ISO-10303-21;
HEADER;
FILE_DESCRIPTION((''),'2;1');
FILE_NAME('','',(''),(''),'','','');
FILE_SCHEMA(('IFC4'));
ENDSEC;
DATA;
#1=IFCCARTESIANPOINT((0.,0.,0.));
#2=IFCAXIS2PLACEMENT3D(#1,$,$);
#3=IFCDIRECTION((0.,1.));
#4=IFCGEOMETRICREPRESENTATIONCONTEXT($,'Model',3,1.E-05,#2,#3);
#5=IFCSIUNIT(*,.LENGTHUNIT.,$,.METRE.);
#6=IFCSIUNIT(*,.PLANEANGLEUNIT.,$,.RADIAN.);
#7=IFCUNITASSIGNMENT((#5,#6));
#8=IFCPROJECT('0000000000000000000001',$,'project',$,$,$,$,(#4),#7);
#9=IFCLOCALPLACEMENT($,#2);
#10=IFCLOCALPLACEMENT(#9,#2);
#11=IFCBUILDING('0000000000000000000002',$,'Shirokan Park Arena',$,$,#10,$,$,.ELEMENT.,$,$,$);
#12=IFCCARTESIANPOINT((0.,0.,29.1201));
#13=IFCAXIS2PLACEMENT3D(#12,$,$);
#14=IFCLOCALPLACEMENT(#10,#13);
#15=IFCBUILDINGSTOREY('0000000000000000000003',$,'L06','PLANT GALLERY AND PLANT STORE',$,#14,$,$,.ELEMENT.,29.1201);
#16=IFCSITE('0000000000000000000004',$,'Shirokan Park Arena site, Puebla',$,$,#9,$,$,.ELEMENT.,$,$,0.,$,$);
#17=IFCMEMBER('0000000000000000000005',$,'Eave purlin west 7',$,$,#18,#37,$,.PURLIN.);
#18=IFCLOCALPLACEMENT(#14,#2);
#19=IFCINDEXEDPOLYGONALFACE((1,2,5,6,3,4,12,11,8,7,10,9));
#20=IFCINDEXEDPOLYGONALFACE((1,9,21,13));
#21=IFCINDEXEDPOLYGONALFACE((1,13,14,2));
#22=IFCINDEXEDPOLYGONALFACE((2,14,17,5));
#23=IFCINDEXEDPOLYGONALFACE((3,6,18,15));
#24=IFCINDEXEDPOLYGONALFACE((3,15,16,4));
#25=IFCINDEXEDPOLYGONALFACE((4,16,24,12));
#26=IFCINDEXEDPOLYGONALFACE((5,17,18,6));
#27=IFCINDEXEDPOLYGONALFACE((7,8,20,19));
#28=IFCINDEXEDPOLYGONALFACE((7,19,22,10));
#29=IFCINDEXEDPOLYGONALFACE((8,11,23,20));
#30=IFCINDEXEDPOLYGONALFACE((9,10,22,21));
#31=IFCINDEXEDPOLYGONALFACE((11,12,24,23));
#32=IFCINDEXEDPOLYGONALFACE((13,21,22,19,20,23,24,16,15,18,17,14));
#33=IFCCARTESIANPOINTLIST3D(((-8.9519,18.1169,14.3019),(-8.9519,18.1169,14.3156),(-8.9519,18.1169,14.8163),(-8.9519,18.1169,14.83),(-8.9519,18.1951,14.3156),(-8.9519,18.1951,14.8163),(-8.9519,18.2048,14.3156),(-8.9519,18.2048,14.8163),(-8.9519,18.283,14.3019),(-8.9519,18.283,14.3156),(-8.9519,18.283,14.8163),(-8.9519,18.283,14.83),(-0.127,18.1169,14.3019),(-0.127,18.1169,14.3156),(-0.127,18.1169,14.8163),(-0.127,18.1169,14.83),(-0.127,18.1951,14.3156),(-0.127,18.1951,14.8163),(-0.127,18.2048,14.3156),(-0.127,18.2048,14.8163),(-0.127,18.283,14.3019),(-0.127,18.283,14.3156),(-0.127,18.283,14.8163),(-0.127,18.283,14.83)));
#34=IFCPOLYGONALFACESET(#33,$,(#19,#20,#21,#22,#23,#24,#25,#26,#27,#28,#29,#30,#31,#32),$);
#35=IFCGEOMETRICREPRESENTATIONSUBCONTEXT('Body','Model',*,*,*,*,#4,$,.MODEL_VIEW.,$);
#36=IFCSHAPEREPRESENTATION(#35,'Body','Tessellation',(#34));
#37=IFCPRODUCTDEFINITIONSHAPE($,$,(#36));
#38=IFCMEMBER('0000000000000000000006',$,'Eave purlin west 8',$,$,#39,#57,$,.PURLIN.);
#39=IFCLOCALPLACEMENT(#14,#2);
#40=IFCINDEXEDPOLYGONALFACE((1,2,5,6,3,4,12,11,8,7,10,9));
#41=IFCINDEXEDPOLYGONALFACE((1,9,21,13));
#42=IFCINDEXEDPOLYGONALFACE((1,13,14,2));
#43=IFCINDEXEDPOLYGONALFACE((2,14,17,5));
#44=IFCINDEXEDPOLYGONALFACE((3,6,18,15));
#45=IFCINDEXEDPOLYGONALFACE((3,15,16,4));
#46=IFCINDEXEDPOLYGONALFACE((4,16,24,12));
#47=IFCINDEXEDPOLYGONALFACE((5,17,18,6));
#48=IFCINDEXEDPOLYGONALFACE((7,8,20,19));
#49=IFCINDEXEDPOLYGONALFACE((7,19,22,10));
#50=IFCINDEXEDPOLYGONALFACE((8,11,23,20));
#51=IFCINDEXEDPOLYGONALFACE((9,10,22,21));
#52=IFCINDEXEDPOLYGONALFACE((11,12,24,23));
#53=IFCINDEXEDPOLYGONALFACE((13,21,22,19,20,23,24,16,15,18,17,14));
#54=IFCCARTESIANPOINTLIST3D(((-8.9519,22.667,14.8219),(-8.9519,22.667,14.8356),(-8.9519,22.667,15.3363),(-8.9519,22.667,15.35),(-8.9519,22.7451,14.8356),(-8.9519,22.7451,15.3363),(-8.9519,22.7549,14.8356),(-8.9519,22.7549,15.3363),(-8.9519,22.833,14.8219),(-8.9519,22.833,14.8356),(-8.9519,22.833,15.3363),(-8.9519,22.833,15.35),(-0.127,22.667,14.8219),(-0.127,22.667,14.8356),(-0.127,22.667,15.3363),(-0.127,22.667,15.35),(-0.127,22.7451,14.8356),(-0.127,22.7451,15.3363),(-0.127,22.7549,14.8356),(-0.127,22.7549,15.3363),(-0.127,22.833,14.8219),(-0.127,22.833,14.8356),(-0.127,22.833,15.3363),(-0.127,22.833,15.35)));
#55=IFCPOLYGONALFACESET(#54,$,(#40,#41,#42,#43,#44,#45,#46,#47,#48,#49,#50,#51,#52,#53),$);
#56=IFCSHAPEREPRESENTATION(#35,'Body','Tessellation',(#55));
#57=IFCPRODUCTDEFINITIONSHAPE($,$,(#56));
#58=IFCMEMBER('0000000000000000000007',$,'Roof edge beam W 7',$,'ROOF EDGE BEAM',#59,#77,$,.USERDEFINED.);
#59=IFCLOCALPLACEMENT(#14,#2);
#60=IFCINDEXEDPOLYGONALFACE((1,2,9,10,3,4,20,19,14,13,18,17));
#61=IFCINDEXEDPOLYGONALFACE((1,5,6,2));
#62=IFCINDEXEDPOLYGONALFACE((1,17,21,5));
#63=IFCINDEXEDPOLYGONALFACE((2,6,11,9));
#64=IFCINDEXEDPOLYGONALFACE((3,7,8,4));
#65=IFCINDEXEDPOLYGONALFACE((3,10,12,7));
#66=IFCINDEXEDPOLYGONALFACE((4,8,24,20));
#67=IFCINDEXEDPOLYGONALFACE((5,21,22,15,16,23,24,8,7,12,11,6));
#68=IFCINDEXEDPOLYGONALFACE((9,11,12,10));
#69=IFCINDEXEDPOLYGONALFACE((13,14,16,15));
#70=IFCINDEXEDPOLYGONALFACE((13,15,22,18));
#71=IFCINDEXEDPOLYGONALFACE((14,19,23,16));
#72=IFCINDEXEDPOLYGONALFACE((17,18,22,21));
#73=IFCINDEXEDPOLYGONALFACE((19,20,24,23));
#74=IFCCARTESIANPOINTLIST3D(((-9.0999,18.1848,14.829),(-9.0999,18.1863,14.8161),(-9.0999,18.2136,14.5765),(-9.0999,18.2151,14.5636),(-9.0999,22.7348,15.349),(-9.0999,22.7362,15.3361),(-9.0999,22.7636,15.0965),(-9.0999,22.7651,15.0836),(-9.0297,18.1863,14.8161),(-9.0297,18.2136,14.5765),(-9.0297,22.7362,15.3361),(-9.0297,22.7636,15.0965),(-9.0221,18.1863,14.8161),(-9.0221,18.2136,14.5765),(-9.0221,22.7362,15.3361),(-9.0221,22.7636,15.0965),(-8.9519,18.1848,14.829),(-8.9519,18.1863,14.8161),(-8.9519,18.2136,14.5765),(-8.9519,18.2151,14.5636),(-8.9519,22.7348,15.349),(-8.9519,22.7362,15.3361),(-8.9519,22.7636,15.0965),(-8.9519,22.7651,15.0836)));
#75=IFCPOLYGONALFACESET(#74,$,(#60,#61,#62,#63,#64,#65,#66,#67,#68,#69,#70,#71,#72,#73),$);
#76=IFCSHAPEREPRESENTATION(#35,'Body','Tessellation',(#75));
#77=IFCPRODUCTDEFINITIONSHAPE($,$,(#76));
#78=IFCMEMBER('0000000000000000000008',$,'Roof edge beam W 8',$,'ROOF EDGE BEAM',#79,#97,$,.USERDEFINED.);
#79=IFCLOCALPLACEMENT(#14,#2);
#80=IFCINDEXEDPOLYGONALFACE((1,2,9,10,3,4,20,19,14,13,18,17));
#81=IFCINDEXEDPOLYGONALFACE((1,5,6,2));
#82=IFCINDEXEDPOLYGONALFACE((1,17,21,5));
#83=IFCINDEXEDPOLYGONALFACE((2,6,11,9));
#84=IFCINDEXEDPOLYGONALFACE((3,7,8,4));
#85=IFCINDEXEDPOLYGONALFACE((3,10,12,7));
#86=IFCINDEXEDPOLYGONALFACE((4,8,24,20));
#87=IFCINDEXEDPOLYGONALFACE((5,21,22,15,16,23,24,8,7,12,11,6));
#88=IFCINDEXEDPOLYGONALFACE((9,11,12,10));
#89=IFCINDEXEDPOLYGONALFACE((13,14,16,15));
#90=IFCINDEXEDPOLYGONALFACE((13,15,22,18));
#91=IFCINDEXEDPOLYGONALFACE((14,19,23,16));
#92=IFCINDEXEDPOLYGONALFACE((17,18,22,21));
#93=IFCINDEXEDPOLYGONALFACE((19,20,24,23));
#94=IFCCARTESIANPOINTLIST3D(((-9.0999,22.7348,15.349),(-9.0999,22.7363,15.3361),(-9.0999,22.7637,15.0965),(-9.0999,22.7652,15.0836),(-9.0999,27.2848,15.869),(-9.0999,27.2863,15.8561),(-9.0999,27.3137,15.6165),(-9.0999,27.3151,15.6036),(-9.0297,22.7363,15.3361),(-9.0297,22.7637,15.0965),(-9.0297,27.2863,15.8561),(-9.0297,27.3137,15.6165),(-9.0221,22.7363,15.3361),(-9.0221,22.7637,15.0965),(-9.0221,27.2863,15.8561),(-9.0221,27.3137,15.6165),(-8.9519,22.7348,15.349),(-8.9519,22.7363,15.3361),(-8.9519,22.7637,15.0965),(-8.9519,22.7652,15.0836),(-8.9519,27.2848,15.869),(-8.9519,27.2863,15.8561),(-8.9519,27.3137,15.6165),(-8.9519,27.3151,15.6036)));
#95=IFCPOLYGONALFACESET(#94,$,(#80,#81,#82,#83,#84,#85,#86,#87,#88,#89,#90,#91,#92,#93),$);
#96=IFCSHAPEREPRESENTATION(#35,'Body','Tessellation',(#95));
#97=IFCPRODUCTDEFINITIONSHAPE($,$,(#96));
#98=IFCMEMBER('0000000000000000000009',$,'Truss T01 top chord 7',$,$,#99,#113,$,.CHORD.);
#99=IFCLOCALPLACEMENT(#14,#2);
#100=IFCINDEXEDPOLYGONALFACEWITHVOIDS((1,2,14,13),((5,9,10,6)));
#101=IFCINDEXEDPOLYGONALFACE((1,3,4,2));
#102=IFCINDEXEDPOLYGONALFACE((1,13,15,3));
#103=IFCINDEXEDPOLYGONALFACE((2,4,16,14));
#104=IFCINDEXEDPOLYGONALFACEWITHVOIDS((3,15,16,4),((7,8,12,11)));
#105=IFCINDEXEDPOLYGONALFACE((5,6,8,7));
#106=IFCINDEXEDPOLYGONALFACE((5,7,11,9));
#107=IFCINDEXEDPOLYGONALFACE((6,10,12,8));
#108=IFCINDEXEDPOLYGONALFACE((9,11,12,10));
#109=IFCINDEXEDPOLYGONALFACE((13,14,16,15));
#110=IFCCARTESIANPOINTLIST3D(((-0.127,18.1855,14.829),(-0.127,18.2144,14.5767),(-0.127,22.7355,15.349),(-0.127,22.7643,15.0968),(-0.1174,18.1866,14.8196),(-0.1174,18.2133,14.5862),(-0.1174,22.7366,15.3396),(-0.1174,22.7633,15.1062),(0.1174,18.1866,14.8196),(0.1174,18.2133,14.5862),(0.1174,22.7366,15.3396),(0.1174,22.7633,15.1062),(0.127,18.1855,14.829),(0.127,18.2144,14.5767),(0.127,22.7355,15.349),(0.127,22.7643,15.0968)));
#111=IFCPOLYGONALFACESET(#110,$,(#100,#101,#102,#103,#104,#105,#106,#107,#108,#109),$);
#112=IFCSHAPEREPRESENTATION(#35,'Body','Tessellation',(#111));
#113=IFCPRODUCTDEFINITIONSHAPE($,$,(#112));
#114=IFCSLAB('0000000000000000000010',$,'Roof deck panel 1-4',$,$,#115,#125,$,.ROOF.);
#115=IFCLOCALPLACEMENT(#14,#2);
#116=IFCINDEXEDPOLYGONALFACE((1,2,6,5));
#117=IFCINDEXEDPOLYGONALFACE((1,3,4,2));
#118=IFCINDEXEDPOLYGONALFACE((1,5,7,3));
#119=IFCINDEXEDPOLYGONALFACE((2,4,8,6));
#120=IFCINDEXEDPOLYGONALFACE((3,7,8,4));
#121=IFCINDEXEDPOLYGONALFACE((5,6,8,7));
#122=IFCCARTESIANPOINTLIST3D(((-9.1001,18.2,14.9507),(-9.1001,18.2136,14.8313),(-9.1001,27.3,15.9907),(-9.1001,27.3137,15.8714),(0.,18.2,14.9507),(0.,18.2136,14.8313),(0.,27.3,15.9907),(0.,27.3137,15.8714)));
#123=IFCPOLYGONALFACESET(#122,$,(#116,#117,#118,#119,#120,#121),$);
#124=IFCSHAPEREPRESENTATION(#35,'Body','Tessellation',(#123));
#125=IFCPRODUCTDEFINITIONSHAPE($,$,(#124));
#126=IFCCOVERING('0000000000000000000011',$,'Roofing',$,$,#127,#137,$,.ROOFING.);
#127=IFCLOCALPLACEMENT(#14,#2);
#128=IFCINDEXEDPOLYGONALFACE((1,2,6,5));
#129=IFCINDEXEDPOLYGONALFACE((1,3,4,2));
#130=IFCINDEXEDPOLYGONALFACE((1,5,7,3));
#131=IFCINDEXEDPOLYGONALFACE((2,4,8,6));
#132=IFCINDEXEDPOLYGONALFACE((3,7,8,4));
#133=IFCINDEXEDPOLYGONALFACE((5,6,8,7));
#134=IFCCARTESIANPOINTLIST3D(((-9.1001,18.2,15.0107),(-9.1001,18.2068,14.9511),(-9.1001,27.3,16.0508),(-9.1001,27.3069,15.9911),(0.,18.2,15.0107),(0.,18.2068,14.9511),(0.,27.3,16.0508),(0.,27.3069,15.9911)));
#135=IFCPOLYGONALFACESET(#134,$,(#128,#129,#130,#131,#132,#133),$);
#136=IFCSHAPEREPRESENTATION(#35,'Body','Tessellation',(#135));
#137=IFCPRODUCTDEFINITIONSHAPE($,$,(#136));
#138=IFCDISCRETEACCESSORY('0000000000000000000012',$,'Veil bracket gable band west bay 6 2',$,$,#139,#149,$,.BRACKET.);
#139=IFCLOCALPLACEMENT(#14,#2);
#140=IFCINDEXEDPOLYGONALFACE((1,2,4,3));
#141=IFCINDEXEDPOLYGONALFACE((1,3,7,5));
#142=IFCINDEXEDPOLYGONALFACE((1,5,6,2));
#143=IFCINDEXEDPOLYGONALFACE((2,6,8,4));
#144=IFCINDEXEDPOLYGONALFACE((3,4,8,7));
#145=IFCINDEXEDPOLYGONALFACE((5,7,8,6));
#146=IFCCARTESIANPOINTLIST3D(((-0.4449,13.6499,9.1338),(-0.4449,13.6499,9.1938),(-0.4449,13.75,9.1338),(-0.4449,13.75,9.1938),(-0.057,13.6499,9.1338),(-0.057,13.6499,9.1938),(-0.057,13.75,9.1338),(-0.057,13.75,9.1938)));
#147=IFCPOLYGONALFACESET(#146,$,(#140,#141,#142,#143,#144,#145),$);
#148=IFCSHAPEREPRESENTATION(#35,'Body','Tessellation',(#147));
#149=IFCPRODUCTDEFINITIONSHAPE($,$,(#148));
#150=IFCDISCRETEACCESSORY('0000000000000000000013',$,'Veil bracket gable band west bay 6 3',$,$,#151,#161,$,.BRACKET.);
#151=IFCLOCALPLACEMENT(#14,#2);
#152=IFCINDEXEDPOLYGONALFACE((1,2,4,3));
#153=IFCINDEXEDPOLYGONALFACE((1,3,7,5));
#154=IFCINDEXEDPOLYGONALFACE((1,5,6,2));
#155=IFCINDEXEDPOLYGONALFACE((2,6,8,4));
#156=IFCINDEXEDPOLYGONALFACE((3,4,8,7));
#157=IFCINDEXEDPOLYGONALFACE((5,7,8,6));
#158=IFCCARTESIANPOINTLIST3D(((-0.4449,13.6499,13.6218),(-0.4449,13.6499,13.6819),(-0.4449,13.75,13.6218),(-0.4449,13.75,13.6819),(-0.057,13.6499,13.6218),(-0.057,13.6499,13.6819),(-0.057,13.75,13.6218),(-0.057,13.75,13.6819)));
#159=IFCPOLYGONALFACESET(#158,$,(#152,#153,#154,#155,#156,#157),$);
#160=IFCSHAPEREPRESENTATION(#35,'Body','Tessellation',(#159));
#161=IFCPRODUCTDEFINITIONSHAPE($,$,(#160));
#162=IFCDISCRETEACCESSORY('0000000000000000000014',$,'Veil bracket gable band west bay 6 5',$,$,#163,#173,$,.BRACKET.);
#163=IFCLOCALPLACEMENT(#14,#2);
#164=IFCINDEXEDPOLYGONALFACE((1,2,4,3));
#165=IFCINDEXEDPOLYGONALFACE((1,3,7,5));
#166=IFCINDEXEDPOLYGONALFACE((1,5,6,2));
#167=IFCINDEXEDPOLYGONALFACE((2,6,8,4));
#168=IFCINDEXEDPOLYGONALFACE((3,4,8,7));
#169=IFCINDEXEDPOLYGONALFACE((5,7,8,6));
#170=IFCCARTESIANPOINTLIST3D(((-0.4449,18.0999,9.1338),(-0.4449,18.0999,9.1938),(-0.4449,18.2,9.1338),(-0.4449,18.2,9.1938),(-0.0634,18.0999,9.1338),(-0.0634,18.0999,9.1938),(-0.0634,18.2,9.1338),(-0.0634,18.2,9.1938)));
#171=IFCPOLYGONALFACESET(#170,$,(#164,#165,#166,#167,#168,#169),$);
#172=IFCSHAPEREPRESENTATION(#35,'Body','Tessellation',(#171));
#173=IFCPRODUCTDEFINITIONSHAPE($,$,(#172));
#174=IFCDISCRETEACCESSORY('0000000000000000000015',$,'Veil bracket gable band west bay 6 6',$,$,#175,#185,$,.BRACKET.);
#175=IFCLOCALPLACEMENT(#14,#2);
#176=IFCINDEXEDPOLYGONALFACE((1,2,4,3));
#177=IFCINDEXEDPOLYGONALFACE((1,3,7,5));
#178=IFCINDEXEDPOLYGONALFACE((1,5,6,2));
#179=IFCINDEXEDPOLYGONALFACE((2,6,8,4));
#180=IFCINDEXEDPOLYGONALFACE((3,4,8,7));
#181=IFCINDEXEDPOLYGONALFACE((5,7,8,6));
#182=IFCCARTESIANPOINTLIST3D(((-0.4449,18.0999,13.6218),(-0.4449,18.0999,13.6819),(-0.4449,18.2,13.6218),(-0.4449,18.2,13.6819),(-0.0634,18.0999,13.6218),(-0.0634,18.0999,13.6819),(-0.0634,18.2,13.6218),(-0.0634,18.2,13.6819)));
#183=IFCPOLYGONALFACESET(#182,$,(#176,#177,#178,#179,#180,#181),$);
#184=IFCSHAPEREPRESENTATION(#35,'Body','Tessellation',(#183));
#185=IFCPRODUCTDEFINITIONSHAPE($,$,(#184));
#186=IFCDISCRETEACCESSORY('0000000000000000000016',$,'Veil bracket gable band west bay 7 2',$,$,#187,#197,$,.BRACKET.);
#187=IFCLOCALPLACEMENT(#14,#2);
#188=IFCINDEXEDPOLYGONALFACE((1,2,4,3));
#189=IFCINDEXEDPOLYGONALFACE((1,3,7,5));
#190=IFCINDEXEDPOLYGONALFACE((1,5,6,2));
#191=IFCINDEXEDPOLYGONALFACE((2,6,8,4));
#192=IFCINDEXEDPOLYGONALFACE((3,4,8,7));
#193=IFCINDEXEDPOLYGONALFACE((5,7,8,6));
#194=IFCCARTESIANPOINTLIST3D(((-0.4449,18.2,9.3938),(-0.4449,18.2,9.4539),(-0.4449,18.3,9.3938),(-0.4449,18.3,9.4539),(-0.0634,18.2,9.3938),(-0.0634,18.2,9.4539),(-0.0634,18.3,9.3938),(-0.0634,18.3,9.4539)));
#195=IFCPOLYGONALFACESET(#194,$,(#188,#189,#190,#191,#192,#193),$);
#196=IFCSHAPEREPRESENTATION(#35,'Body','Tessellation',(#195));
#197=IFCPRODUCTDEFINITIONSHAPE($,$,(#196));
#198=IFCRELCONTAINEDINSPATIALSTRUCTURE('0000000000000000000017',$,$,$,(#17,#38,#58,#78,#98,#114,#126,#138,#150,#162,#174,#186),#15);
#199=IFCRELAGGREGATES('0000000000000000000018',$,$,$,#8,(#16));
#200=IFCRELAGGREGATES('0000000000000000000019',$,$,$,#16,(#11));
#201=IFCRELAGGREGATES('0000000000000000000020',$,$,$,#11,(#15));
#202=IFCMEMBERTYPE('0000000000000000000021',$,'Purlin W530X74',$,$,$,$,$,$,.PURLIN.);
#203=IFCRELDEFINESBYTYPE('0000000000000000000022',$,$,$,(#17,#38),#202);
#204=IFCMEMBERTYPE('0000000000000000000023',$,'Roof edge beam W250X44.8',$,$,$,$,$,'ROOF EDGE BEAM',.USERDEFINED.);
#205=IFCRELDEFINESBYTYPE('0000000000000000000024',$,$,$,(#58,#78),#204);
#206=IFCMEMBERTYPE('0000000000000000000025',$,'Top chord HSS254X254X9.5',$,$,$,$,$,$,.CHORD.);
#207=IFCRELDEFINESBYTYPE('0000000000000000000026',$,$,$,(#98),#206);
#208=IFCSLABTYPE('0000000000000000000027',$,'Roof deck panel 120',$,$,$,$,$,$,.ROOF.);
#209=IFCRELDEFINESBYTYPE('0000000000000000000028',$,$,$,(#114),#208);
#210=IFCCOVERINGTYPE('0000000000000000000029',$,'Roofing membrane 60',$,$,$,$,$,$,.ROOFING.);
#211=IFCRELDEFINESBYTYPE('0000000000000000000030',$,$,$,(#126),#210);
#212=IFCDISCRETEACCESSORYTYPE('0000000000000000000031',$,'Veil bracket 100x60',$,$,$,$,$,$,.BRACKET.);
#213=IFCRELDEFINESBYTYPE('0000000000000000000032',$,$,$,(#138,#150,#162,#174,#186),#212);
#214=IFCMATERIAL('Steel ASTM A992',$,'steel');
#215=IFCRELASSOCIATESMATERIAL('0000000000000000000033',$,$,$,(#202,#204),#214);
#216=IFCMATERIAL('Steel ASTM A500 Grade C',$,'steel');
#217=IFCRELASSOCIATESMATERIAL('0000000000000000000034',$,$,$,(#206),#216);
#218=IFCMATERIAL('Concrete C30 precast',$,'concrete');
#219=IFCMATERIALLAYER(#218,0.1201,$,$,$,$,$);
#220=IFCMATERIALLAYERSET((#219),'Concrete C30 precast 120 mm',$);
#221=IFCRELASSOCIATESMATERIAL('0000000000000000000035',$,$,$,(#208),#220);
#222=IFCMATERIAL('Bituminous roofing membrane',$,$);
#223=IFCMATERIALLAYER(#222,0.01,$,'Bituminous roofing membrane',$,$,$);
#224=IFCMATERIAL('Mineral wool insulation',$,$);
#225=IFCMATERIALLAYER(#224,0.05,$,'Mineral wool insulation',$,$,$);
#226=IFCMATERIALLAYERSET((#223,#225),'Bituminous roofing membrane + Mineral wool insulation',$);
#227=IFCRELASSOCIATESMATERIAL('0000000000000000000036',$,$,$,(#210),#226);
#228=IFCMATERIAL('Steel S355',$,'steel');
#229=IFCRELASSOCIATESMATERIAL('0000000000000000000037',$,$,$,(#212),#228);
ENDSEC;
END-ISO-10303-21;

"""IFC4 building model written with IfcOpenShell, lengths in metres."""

from ifc_helpers import new_model, si_unit, direction, frame, origin, origin_2d, place, context, subcontext, project, spatial, polyline, rectangle, hollow_rectangle, i_section, outline, extrude, material, layer, layer_set, material_profile, profile_set, type_object, element, save


model = new_model("IFC4")

# Units and contexts
model_context = context("Model", 3, precision=1e-05, world=origin(), true_north=direction((0.0, 1.0)))
body_context = subcontext(model_context, "Body", "Model", "MODEL_VIEW")
ifc_project = project(units=[si_unit("LENGTHUNIT", "METRE"), si_unit("PLANEANGLEUNIT", "RADIAN")], contexts=[model_context])

# Site, building, storey
site_placement = place(None, origin())
site = spatial("IfcSite", under=ifc_project, at=site_placement, Name="Shirokan Park Arena site, Puebla", CompositionType="ELEMENT", RefElevation=0.0)
building_placement = place(site_placement, origin())
building = spatial("IfcBuilding", under=site, at=building_placement, Name="Shirokan Park Arena", CompositionType="ELEMENT")
storey_placement = place(building_placement, frame((0.0, 0.0, 29.1201)))
storey = spatial("IfcBuildingStorey", under=building, at=storey_placement, Name="L06", Description="PLANT GALLERY AND PLANT STORE", CompositionType="ELEMENT", Elevation=29.1201)

# Members
ifc_material_1 = material(Name="Steel ASTM A992", Category="steel")
ifc_material_profile_1 = material_profile(ifc_material_1, i_section(OverallWidth=0.166, OverallDepth=0.5281, WebThickness=0.0098, FlangeThickness=0.0137, at=origin_2d()), Name="W530X74")
ifc_profile_set_1 = profile_set([ifc_material_profile_1], Name="Steel ASTM A992")
member_type_1 = type_object("IfcMemberType", Name="Purlin W530X74", PredefinedType="PURLIN", material=ifc_profile_set_1)
for number, where, z_axis, x_axis, name in (
    (1, (-8.9519, 18.2, 14.5659), (1.0, 0.0, 0.0), (0.0, 1.0, 0.0), "Eave purlin west 7"),
    (2, (-8.9519, 22.75, 15.0859), (1.0, 0.0, 0.0), (0.0, 1.0, 0.0), "Eave purlin west 8"),
):
    element("IfcMember", number, at=place(storey_placement, frame(where, z_axis=z_axis, x_axis=x_axis)), inside=storey, type_object=member_type_1, Name=name, PredefinedType="PURLIN", context=body_context, shape_type="SweptSolid", body=[
        extrude(i_section(OverallWidth=0.166, OverallDepth=0.5281, WebThickness=0.0098, FlangeThickness=0.0137, at=origin_2d()), origin(), (0.0, 0.0, 1.0), 8.825),
    ])
ifc_material_profile_2 = material_profile(ifc_material_1, i_section(OverallWidth=0.1479, OverallDepth=0.2671, WebThickness=0.0076, FlangeThickness=0.0129, at=origin_2d()), Name="W250X44.8")
ifc_profile_set_2 = profile_set([ifc_material_profile_2], Name="Steel ASTM A992")
member_type_2 = type_object("IfcMemberType", Name="Roof edge beam W250X44.8", ElementType="ROOF EDGE BEAM", PredefinedType="USERDEFINED", material=ifc_profile_set_2)
for number, where, z_axis, x_axis, name in (
    (3, (-9.0259, 18.2, 14.6963), (0.0, 0.993532, 0.11355), (-1.0, 0.0, 0.0), "Roof edge beam W 7"),
    (4, (-9.0259, 22.75, 15.2163), (0.0, 0.993532, 0.11355), (-1.0, 0.0, 0.0), "Roof edge beam W 8"),
):
    element("IfcMember", number, at=place(storey_placement, frame(where, z_axis=z_axis, x_axis=x_axis)), inside=storey, type_object=member_type_2, Name=name, ObjectType="ROOF EDGE BEAM", PredefinedType="USERDEFINED", context=body_context, shape_type="SweptSolid", body=[
        extrude(i_section(OverallWidth=0.1479, OverallDepth=0.2671, WebThickness=0.0076, FlangeThickness=0.0129, at=origin_2d()), origin(), (0.0, 0.0, 1.0), 4.5796),
    ])
ifc_material_2 = material(Name="Steel ASTM A500 Grade C", Category="steel")
ifc_material_profile_3 = material_profile(ifc_material_2, hollow_rectangle(XDim=0.2539, YDim=0.2539, WallThickness=0.0095, at=origin_2d()), Name="HSS254X254X9.5")
ifc_profile_set_3 = profile_set([ifc_material_profile_3], Name="Steel ASTM A500 Grade C")
member_type_3 = type_object("IfcMemberType", Name="Top chord HSS254X254X9.5", PredefinedType="CHORD", material=ifc_profile_set_3)
member_placement = place(storey_placement, frame((0.0, 18.2, 14.7029), z_axis=(0.0, 0.993532, 0.11355), x_axis=(-1.0, 0.0, 0.0)))
element("IfcMember", 5, at=member_placement, inside=storey, type_object=member_type_3, Name="Truss T01 top chord 7", PredefinedType="CHORD", context=body_context, shape_type="SweptSolid", body=[
    extrude(hollow_rectangle(XDim=0.2539, YDim=0.2539, WallThickness=0.0095, at=origin_2d()), origin(), (0.0, 0.0, 1.0), 4.5796),
])

# Slab
ifc_material_3 = material(Name="Concrete C30 precast", Category="concrete")
ifc_layer_1 = layer(ifc_material_3, 0.1201)
ifc_layer_set_1 = layer_set([ifc_layer_1], Name="Concrete C30 precast 120 mm")
slab_type = type_object("IfcSlabType", Name="Roof deck panel 120", PredefinedType="ROOF", material=ifc_layer_set_1)
slab_placement = place(storey_placement, frame((-9.1001, 18.2, 14.9507), z_axis=(0.0, -0.11355, 0.993532), x_axis=(1.0, 0.0, 0.0)))
element("IfcSlab", 6, at=slab_placement, inside=storey, type_object=slab_type, Name="Roof deck panel 1-4", PredefinedType="ROOF", context=body_context, shape_type="SweptSolid", body=[
    extrude(outline(polyline([(0.0, 0.0), (9.1001, 0.0), (9.1001, 9.1593), (0.0, 9.1593), (0.0, 0.0)])), origin(), (0.0, 0.0, -1.0), 0.1201),
])

# Covering
ifc_material_4 = material(Name="Bituminous roofing membrane")
ifc_layer_2 = layer(ifc_material_4, 0.01, Name="Bituminous roofing membrane")
ifc_material_5 = material(Name="Mineral wool insulation")
ifc_layer_3 = layer(ifc_material_5, 0.05, Name="Mineral wool insulation")
ifc_layer_set_2 = layer_set([ifc_layer_2, ifc_layer_3], Name="Bituminous roofing membrane + Mineral wool insulation")
covering_type = type_object("IfcCoveringType", Name="Roofing membrane 60", PredefinedType="ROOFING", material=ifc_layer_set_2)
covering_placement = place(storey_placement, frame((-9.1001, 18.2, 15.0107), z_axis=(0.0, -0.11355, 0.993532), x_axis=(1.0, 0.0, 0.0)))
element("IfcCovering", 7, at=covering_placement, inside=storey, type_object=covering_type, Name="Roofing", PredefinedType="ROOFING", context=body_context, shape_type="SweptSolid", body=[
    extrude(outline(polyline([(0.0, 0.0), (9.1001, 0.0), (9.1001, 9.1593), (0.0, 9.1593), (0.0, 0.0)])), origin(), (0.0, 0.0, -1.0), 0.0601),
])

# Discrete accessories
ifc_material_6 = material(Name="Steel S355", Category="steel")
discrete_accessory_type = type_object("IfcDiscreteAccessoryType", Name="Veil bracket 100x60", PredefinedType="BRACKET", material=ifc_material_6)
for number, where, z_axis, x_axis, name in (
    (8, (-0.251, 13.7, 9.1338), (0.0, 0.0, 1.0), (1.0, 0.0, 0.0), "Veil bracket gable band west bay 6 2"),
    (9, (-0.251, 13.7, 13.6218), (0.0, 0.0, 1.0), (1.0, 0.0, 0.0), "Veil bracket gable band west bay 6 3"),
):
    element("IfcDiscreteAccessory", number, at=place(storey_placement, frame(where, z_axis=z_axis, x_axis=x_axis)), inside=storey, type_object=discrete_accessory_type, Name=name, PredefinedType="BRACKET", context=body_context, shape_type="SweptSolid", body=[
        extrude(rectangle(XDim=0.3879, YDim=0.1001, at=origin_2d()), origin(), (0.0, 0.0, 1.0), 0.0601),
    ])
for number, where, z_axis, x_axis, name in (
    (10, (-0.2542, 18.1499, 9.1338), (0.0, 0.0, 1.0), (1.0, 0.0, 0.0), "Veil bracket gable band west bay 6 5"),
    (11, (-0.2542, 18.1499, 13.6218), (0.0, 0.0, 1.0), (1.0, 0.0, 0.0), "Veil bracket gable band west bay 6 6"),
    (12, (-0.2542, 18.25, 9.3938), (0.0, 0.0, 1.0), (1.0, 0.0, 0.0), "Veil bracket gable band west bay 7 2"),
):
    element("IfcDiscreteAccessory", number, at=place(storey_placement, frame(where, z_axis=z_axis, x_axis=x_axis)), inside=storey, type_object=discrete_accessory_type, Name=name, PredefinedType="BRACKET", context=body_context, shape_type="SweptSolid", body=[
        extrude(rectangle(XDim=0.3816, YDim=0.1001, at=origin_2d()), origin(), (0.0, 0.0, 1.0), 0.0601),
    ])

save(model, "model.ifc")
